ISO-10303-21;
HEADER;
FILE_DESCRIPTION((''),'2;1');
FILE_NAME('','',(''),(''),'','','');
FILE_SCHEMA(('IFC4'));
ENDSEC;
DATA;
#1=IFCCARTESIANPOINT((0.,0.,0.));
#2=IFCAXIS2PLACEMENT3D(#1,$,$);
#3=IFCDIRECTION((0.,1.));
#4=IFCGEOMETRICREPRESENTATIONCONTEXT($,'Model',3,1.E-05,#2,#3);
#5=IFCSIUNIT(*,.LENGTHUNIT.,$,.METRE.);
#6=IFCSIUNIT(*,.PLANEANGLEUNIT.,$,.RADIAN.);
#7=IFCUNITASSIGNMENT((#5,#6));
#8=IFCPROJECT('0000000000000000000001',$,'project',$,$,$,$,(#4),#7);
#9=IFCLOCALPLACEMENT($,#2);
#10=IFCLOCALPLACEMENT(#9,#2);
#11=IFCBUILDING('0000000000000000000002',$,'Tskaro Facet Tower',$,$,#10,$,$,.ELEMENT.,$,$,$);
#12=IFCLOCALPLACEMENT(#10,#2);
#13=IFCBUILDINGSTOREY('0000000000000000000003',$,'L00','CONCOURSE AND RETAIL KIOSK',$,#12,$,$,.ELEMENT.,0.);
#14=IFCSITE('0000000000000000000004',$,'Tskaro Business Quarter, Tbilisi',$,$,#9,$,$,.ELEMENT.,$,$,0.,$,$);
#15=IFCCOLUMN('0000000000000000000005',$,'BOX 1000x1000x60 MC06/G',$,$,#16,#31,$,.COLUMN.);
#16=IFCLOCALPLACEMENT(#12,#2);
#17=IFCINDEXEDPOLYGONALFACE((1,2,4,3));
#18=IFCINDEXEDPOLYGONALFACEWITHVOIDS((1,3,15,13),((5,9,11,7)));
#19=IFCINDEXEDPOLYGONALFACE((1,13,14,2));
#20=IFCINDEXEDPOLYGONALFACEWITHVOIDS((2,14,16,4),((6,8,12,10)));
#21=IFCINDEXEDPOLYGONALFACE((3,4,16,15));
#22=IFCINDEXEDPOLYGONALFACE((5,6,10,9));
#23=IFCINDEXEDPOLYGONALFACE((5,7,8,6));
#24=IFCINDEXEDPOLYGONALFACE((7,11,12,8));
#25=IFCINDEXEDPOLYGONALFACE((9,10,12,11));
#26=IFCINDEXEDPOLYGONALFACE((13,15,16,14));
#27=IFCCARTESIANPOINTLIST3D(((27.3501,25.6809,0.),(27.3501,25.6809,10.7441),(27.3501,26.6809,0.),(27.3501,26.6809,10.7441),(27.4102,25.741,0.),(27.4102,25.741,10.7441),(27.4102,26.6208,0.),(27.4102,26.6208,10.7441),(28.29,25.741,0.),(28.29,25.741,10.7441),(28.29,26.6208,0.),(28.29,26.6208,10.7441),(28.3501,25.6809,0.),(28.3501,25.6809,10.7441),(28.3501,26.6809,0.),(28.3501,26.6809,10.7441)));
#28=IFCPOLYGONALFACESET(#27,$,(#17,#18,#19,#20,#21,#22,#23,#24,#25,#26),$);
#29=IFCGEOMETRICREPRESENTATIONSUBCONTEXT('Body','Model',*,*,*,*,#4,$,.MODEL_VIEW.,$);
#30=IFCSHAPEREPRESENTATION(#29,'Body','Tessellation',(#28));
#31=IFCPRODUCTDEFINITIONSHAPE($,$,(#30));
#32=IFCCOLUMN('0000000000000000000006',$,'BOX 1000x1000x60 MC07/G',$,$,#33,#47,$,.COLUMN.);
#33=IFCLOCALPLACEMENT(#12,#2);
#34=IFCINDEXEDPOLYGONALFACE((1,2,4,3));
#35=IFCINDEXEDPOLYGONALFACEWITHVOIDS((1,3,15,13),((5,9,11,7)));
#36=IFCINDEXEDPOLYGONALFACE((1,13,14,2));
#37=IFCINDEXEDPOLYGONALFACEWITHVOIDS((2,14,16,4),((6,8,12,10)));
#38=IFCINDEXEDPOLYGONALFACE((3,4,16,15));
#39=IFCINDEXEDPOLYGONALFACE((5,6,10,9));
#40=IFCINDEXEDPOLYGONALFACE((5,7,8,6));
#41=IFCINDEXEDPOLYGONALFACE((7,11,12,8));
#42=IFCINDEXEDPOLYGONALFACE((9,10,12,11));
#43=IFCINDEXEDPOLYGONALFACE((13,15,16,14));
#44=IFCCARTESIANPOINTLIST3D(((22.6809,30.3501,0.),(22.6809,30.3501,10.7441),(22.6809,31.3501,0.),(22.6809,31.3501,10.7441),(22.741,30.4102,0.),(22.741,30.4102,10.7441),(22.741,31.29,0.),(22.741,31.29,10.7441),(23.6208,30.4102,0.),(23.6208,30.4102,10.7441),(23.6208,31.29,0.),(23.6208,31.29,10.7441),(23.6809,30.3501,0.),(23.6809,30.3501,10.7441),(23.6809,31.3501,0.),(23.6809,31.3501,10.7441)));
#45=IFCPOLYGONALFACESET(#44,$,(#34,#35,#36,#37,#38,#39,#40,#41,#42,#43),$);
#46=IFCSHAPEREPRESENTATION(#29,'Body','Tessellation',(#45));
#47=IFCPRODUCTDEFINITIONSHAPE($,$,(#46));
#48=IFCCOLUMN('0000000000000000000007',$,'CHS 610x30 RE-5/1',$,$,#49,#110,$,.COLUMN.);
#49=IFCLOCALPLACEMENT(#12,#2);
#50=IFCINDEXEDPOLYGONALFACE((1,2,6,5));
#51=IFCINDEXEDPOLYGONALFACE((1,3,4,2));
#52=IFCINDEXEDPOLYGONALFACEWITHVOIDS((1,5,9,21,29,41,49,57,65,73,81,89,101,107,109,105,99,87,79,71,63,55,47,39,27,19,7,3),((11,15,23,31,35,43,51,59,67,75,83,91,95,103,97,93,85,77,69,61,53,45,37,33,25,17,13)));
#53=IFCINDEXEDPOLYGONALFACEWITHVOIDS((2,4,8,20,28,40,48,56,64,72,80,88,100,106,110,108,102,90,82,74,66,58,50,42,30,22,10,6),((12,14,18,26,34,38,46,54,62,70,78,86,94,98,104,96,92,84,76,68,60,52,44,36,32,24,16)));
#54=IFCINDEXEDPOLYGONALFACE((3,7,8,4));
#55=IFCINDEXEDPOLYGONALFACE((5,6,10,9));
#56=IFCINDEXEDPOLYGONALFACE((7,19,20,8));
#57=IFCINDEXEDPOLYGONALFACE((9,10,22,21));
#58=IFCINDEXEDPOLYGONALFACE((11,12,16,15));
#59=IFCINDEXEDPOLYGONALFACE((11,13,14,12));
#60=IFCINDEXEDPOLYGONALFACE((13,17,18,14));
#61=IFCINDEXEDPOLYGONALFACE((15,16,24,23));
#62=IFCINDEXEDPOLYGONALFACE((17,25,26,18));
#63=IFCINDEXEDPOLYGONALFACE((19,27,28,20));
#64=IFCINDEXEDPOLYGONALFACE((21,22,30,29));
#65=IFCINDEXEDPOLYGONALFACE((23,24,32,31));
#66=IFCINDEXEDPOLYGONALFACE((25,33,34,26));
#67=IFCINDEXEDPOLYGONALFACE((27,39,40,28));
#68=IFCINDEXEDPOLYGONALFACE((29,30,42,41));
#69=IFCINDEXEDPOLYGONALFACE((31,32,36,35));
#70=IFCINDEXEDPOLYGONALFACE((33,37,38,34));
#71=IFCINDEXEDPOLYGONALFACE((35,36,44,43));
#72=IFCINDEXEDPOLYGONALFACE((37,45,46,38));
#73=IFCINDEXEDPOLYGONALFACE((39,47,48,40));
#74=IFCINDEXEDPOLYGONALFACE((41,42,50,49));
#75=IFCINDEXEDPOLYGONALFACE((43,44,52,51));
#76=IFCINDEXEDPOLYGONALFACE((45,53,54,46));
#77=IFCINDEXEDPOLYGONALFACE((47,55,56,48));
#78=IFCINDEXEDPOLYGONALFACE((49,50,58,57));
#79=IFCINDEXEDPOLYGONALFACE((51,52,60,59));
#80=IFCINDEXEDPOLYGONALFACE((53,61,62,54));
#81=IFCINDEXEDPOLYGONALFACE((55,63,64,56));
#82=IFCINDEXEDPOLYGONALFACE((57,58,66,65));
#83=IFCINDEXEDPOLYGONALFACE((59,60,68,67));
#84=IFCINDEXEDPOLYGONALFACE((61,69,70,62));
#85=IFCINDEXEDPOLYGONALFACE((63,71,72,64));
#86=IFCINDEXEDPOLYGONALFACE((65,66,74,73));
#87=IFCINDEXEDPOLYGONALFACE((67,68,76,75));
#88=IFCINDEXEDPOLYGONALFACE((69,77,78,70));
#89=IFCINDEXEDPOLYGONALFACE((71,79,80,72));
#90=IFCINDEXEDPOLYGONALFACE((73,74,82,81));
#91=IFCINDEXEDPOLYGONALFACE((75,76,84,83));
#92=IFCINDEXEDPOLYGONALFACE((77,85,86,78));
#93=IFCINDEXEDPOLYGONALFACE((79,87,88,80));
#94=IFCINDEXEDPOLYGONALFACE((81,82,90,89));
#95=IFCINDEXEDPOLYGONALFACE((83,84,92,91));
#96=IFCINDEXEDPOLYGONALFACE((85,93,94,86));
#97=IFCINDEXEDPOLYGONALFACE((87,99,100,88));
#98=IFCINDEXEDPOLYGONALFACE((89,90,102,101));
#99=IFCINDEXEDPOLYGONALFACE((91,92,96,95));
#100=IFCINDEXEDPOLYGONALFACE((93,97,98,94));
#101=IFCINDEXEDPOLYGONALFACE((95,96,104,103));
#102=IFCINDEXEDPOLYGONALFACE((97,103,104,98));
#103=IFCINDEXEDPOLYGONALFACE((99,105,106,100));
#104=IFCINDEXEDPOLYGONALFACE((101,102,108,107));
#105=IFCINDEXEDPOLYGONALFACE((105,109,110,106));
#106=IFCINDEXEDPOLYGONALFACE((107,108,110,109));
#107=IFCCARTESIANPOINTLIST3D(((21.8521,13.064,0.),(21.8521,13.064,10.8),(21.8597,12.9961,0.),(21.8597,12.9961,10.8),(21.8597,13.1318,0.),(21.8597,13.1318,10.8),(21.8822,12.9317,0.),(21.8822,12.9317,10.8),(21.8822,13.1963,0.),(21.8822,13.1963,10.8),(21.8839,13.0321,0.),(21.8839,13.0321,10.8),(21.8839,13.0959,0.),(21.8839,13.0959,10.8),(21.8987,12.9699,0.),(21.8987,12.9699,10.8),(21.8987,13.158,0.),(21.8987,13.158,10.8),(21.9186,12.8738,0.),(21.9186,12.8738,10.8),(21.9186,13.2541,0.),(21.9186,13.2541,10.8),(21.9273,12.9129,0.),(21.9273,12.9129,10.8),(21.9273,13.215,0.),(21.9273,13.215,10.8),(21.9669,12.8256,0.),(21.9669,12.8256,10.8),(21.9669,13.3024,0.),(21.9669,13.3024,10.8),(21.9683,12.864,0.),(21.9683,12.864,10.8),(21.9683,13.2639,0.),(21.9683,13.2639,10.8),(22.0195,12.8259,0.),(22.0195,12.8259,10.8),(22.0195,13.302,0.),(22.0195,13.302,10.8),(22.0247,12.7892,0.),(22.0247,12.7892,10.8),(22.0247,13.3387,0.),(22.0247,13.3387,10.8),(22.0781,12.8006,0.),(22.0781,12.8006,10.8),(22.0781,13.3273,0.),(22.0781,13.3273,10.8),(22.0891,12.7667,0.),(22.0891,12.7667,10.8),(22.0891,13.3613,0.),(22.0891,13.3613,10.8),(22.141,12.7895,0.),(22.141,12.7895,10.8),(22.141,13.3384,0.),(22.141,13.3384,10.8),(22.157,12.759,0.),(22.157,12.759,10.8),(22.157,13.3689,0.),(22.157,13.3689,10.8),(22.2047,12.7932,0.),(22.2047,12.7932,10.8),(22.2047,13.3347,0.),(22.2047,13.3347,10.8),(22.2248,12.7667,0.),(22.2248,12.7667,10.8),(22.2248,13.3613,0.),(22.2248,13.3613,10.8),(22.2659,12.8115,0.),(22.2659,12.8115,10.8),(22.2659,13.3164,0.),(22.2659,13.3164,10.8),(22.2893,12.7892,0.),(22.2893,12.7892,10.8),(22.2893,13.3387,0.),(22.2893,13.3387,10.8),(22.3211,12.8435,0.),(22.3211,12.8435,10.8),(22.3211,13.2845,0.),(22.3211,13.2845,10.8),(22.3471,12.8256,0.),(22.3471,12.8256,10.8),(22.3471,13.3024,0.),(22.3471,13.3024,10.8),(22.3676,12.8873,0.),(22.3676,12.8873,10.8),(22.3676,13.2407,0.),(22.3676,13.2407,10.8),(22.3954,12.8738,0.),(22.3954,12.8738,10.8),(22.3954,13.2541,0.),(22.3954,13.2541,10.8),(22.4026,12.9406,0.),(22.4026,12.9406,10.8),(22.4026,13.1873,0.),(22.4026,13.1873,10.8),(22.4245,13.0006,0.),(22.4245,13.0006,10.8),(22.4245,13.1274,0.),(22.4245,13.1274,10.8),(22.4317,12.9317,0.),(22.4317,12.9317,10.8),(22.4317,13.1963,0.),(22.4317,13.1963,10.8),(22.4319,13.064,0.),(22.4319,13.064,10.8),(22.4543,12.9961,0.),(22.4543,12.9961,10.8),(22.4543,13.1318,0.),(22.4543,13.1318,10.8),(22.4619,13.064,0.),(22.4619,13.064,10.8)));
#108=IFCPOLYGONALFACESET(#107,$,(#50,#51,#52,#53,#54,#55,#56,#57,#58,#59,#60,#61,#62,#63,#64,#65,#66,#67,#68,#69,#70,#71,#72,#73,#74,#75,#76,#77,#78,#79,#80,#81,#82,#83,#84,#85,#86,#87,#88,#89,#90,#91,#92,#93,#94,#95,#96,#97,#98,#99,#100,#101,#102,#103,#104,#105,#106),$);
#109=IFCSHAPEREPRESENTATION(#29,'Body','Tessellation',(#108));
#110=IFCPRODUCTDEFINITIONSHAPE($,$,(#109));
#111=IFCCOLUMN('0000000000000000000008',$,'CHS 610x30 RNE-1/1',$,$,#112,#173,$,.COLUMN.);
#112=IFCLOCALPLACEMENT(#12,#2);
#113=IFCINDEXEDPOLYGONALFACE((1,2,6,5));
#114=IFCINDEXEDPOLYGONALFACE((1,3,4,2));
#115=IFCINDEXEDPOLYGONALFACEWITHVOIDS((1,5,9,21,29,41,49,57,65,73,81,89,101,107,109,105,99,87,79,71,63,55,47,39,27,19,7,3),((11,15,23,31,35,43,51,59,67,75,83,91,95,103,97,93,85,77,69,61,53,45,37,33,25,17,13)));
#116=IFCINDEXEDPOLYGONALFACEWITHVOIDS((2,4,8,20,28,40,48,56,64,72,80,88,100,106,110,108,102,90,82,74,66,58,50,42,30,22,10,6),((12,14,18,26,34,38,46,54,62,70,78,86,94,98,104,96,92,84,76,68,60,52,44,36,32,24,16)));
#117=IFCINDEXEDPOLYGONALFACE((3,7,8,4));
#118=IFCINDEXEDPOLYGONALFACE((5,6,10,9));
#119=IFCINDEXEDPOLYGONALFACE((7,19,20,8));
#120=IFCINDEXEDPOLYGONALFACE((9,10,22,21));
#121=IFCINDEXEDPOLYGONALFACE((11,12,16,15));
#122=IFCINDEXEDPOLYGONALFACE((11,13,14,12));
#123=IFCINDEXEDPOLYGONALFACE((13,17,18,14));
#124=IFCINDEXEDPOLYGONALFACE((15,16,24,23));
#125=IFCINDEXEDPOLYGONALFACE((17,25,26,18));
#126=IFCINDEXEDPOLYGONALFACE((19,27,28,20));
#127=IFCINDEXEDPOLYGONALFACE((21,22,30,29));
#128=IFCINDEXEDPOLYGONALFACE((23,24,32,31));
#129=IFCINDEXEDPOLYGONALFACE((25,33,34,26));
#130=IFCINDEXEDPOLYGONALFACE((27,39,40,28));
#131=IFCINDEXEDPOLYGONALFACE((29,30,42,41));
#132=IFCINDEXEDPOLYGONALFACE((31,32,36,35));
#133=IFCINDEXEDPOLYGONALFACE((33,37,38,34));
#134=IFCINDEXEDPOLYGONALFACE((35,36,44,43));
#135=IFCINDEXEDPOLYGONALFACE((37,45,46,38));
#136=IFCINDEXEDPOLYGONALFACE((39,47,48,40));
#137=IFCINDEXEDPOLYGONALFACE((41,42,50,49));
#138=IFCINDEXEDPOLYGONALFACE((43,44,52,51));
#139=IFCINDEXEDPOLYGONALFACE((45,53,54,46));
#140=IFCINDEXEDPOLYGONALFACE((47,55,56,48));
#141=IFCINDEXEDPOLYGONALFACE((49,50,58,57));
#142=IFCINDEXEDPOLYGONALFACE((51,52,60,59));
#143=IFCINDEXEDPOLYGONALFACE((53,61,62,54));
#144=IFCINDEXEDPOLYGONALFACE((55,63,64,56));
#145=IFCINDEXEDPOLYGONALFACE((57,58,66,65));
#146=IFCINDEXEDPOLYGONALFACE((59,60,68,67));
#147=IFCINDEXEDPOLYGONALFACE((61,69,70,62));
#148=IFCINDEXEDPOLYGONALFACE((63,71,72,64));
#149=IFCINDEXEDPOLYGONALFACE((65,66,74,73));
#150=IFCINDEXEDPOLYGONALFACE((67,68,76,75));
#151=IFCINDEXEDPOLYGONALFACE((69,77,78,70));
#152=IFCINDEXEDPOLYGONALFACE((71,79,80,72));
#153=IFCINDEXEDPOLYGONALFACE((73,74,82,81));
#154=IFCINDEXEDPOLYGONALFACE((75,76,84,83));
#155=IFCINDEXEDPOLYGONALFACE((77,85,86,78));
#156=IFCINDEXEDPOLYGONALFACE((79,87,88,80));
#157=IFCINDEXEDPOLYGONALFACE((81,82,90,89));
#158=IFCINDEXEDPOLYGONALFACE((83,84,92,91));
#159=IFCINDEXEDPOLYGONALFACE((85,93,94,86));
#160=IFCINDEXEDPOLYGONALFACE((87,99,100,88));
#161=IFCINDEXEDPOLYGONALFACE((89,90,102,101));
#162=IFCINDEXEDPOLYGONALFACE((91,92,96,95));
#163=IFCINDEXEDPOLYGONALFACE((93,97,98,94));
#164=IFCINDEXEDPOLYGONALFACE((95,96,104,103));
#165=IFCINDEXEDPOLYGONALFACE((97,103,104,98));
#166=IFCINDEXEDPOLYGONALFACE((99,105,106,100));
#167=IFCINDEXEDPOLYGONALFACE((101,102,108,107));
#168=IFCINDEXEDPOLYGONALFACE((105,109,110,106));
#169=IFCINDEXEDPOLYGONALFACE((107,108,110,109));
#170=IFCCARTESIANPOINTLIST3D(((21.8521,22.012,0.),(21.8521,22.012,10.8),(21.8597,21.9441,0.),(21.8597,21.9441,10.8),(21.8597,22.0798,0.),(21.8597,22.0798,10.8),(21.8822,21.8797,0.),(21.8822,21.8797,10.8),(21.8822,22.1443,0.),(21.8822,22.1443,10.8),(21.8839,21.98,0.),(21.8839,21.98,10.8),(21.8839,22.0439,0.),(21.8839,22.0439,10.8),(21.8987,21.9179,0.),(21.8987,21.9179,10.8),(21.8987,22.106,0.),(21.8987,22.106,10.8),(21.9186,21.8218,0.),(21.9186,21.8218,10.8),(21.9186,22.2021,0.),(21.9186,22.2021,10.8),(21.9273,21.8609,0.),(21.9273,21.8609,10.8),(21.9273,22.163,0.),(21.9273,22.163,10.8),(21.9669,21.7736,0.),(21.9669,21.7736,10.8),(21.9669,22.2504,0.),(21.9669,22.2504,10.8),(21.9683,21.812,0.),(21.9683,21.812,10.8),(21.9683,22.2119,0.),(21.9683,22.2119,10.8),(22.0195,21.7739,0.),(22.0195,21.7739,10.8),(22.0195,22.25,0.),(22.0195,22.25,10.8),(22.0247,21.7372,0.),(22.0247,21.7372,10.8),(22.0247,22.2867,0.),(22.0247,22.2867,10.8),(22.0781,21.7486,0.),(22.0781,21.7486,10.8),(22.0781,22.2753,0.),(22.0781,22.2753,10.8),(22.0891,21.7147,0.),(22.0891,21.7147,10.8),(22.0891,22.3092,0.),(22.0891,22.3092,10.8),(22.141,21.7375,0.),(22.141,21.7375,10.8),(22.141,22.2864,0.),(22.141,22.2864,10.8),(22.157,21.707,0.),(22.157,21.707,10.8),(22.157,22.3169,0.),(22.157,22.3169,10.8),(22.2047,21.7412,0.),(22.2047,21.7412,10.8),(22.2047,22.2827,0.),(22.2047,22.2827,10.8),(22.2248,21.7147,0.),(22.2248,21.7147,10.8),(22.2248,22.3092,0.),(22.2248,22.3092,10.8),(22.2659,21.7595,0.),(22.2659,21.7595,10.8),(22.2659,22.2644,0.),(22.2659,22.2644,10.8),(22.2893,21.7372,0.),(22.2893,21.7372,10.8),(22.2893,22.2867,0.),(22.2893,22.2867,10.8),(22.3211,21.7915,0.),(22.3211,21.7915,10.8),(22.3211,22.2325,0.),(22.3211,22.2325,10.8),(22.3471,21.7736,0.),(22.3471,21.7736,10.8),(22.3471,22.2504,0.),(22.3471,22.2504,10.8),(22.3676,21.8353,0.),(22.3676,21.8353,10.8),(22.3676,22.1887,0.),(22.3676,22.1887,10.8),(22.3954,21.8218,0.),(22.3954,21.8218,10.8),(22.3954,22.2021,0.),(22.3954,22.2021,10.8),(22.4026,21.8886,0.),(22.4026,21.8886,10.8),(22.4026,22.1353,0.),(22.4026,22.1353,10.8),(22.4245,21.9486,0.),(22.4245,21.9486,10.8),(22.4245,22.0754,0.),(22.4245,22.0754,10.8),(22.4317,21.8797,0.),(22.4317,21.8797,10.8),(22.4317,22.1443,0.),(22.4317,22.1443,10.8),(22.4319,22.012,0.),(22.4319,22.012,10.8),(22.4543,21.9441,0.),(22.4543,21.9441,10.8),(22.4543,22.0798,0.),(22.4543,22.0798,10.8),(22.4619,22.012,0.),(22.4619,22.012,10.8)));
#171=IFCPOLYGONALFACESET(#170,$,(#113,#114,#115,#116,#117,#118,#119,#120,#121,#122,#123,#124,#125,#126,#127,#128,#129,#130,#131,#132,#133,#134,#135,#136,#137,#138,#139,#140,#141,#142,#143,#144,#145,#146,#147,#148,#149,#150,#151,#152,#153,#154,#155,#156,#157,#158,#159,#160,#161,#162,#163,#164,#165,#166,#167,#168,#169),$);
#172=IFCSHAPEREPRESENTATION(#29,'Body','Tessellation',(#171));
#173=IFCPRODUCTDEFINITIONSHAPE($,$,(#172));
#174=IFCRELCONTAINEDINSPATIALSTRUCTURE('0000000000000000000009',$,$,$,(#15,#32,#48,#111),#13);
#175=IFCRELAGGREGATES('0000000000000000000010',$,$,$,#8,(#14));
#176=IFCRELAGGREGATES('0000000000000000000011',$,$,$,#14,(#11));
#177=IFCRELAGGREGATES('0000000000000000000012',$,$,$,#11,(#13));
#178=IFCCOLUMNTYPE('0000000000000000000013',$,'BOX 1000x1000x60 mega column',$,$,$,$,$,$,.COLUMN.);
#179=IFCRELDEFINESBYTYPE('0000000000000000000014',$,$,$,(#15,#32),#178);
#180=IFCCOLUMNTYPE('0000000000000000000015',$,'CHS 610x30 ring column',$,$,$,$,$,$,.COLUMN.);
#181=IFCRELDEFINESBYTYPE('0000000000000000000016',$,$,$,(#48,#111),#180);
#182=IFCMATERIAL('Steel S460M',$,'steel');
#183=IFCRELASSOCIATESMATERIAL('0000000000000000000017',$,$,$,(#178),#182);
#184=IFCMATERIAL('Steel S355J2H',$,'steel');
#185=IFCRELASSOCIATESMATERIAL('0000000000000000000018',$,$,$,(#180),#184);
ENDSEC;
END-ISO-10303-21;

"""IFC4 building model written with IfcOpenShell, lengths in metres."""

from ifc_helpers import new_model, si_unit, direction, frame, origin, origin_2d, place, context, subcontext, project, spatial, hollow_rectangle, hollow_circle, extrude, material, material_profile, profile_set, type_object, element, save


model = new_model("IFC4")

# Units and contexts
model_context = context("Model", 3, precision=1e-05, world=origin(), true_north=direction((0.0, 1.0)))
body_context = subcontext(model_context, "Body", "Model", "MODEL_VIEW")
ifc_project = project(units=[si_unit("LENGTHUNIT", "METRE"), si_unit("PLANEANGLEUNIT", "RADIAN")], contexts=[model_context])

# Site, building, storey
site_placement = place(None, origin())
site = spatial("IfcSite", under=ifc_project, at=site_placement, Name="Tskaro Business Quarter, Tbilisi", CompositionType="ELEMENT", RefElevation=0.0)
building_placement = place(site_placement, origin())
building = spatial("IfcBuilding", under=site, at=building_placement, Name="Tskaro Facet Tower", CompositionType="ELEMENT")
storey_placement = place(building_placement, origin())
storey = spatial("IfcBuildingStorey", under=building, at=storey_placement, Name="L00", Description="CONCOURSE AND RETAIL KIOSK", CompositionType="ELEMENT", Elevation=0.0)

# Columns
ifc_material_1 = material(Name="Steel S460M", Category="steel")
ifc_material_profile_1 = material_profile(ifc_material_1, hollow_rectangle(XDim=1.0, YDim=1.0, WallThickness=0.0601, at=origin_2d()), Name="BOX 1000x1000x60")
ifc_profile_set_1 = profile_set([ifc_material_profile_1], Name="Steel S460M")
column_type_1 = type_object("IfcColumnType", Name="BOX 1000x1000x60 mega column", PredefinedType="COLUMN", material=ifc_profile_set_1)
for number, where, z_axis, x_axis, name in (
    (1, (27.8501, 26.1809, 0.0), (0.0, 0.0, 1.0), (1.0, 0.0, 0.0), "BOX 1000x1000x60 MC06/G"),
    (2, (23.1809, 30.8501, 0.0), (0.0, 0.0, 1.0), (1.0, 0.0, 0.0), "BOX 1000x1000x60 MC07/G"),
):
    element("IfcColumn", number, at=place(storey_placement, frame(where, z_axis=z_axis, x_axis=x_axis)), inside=storey, type_object=column_type_1, Name=name, PredefinedType="COLUMN", context=body_context, shape_type="SweptSolid", body=[
        extrude(hollow_rectangle(XDim=1.0, YDim=1.0, WallThickness=0.0601, at=origin_2d()), origin(), (0.0, 0.0, 1.0), 10.7441),
    ])
ifc_material_2 = material(Name="Steel S355J2H", Category="steel")
ifc_material_profile_2 = material_profile(ifc_material_2, hollow_circle(Radius=0.3049, WallThickness=0.03, at=origin_2d()), Name="CHS 610x30")
ifc_profile_set_2 = profile_set([ifc_material_profile_2], Name="Steel S355J2H")
column_type_2 = type_object("IfcColumnType", Name="CHS 610x30 ring column", PredefinedType="COLUMN", material=ifc_profile_set_2)
for number, where, z_axis, x_axis, name in (
    (3, (22.157, 13.064, 0.0), (0.0, 0.0, 1.0), (1.0, 0.0, 0.0), "CHS 610x30 RE-5/1"),
    (4, (22.157, 22.012, 0.0), (0.0, 0.0, 1.0), (1.0, 0.0, 0.0), "CHS 610x30 RNE-1/1"),
):
    element("IfcColumn", number, at=place(storey_placement, frame(where, z_axis=z_axis, x_axis=x_axis)), inside=storey, type_object=column_type_2, Name=name, PredefinedType="COLUMN", context=body_context, shape_type="SweptSolid", body=[
        extrude(hollow_circle(Radius=0.3049, WallThickness=0.03, at=origin_2d()), origin(), (0.0, 0.0, 1.0), 10.8),
    ])

save(model, "model.ifc")
